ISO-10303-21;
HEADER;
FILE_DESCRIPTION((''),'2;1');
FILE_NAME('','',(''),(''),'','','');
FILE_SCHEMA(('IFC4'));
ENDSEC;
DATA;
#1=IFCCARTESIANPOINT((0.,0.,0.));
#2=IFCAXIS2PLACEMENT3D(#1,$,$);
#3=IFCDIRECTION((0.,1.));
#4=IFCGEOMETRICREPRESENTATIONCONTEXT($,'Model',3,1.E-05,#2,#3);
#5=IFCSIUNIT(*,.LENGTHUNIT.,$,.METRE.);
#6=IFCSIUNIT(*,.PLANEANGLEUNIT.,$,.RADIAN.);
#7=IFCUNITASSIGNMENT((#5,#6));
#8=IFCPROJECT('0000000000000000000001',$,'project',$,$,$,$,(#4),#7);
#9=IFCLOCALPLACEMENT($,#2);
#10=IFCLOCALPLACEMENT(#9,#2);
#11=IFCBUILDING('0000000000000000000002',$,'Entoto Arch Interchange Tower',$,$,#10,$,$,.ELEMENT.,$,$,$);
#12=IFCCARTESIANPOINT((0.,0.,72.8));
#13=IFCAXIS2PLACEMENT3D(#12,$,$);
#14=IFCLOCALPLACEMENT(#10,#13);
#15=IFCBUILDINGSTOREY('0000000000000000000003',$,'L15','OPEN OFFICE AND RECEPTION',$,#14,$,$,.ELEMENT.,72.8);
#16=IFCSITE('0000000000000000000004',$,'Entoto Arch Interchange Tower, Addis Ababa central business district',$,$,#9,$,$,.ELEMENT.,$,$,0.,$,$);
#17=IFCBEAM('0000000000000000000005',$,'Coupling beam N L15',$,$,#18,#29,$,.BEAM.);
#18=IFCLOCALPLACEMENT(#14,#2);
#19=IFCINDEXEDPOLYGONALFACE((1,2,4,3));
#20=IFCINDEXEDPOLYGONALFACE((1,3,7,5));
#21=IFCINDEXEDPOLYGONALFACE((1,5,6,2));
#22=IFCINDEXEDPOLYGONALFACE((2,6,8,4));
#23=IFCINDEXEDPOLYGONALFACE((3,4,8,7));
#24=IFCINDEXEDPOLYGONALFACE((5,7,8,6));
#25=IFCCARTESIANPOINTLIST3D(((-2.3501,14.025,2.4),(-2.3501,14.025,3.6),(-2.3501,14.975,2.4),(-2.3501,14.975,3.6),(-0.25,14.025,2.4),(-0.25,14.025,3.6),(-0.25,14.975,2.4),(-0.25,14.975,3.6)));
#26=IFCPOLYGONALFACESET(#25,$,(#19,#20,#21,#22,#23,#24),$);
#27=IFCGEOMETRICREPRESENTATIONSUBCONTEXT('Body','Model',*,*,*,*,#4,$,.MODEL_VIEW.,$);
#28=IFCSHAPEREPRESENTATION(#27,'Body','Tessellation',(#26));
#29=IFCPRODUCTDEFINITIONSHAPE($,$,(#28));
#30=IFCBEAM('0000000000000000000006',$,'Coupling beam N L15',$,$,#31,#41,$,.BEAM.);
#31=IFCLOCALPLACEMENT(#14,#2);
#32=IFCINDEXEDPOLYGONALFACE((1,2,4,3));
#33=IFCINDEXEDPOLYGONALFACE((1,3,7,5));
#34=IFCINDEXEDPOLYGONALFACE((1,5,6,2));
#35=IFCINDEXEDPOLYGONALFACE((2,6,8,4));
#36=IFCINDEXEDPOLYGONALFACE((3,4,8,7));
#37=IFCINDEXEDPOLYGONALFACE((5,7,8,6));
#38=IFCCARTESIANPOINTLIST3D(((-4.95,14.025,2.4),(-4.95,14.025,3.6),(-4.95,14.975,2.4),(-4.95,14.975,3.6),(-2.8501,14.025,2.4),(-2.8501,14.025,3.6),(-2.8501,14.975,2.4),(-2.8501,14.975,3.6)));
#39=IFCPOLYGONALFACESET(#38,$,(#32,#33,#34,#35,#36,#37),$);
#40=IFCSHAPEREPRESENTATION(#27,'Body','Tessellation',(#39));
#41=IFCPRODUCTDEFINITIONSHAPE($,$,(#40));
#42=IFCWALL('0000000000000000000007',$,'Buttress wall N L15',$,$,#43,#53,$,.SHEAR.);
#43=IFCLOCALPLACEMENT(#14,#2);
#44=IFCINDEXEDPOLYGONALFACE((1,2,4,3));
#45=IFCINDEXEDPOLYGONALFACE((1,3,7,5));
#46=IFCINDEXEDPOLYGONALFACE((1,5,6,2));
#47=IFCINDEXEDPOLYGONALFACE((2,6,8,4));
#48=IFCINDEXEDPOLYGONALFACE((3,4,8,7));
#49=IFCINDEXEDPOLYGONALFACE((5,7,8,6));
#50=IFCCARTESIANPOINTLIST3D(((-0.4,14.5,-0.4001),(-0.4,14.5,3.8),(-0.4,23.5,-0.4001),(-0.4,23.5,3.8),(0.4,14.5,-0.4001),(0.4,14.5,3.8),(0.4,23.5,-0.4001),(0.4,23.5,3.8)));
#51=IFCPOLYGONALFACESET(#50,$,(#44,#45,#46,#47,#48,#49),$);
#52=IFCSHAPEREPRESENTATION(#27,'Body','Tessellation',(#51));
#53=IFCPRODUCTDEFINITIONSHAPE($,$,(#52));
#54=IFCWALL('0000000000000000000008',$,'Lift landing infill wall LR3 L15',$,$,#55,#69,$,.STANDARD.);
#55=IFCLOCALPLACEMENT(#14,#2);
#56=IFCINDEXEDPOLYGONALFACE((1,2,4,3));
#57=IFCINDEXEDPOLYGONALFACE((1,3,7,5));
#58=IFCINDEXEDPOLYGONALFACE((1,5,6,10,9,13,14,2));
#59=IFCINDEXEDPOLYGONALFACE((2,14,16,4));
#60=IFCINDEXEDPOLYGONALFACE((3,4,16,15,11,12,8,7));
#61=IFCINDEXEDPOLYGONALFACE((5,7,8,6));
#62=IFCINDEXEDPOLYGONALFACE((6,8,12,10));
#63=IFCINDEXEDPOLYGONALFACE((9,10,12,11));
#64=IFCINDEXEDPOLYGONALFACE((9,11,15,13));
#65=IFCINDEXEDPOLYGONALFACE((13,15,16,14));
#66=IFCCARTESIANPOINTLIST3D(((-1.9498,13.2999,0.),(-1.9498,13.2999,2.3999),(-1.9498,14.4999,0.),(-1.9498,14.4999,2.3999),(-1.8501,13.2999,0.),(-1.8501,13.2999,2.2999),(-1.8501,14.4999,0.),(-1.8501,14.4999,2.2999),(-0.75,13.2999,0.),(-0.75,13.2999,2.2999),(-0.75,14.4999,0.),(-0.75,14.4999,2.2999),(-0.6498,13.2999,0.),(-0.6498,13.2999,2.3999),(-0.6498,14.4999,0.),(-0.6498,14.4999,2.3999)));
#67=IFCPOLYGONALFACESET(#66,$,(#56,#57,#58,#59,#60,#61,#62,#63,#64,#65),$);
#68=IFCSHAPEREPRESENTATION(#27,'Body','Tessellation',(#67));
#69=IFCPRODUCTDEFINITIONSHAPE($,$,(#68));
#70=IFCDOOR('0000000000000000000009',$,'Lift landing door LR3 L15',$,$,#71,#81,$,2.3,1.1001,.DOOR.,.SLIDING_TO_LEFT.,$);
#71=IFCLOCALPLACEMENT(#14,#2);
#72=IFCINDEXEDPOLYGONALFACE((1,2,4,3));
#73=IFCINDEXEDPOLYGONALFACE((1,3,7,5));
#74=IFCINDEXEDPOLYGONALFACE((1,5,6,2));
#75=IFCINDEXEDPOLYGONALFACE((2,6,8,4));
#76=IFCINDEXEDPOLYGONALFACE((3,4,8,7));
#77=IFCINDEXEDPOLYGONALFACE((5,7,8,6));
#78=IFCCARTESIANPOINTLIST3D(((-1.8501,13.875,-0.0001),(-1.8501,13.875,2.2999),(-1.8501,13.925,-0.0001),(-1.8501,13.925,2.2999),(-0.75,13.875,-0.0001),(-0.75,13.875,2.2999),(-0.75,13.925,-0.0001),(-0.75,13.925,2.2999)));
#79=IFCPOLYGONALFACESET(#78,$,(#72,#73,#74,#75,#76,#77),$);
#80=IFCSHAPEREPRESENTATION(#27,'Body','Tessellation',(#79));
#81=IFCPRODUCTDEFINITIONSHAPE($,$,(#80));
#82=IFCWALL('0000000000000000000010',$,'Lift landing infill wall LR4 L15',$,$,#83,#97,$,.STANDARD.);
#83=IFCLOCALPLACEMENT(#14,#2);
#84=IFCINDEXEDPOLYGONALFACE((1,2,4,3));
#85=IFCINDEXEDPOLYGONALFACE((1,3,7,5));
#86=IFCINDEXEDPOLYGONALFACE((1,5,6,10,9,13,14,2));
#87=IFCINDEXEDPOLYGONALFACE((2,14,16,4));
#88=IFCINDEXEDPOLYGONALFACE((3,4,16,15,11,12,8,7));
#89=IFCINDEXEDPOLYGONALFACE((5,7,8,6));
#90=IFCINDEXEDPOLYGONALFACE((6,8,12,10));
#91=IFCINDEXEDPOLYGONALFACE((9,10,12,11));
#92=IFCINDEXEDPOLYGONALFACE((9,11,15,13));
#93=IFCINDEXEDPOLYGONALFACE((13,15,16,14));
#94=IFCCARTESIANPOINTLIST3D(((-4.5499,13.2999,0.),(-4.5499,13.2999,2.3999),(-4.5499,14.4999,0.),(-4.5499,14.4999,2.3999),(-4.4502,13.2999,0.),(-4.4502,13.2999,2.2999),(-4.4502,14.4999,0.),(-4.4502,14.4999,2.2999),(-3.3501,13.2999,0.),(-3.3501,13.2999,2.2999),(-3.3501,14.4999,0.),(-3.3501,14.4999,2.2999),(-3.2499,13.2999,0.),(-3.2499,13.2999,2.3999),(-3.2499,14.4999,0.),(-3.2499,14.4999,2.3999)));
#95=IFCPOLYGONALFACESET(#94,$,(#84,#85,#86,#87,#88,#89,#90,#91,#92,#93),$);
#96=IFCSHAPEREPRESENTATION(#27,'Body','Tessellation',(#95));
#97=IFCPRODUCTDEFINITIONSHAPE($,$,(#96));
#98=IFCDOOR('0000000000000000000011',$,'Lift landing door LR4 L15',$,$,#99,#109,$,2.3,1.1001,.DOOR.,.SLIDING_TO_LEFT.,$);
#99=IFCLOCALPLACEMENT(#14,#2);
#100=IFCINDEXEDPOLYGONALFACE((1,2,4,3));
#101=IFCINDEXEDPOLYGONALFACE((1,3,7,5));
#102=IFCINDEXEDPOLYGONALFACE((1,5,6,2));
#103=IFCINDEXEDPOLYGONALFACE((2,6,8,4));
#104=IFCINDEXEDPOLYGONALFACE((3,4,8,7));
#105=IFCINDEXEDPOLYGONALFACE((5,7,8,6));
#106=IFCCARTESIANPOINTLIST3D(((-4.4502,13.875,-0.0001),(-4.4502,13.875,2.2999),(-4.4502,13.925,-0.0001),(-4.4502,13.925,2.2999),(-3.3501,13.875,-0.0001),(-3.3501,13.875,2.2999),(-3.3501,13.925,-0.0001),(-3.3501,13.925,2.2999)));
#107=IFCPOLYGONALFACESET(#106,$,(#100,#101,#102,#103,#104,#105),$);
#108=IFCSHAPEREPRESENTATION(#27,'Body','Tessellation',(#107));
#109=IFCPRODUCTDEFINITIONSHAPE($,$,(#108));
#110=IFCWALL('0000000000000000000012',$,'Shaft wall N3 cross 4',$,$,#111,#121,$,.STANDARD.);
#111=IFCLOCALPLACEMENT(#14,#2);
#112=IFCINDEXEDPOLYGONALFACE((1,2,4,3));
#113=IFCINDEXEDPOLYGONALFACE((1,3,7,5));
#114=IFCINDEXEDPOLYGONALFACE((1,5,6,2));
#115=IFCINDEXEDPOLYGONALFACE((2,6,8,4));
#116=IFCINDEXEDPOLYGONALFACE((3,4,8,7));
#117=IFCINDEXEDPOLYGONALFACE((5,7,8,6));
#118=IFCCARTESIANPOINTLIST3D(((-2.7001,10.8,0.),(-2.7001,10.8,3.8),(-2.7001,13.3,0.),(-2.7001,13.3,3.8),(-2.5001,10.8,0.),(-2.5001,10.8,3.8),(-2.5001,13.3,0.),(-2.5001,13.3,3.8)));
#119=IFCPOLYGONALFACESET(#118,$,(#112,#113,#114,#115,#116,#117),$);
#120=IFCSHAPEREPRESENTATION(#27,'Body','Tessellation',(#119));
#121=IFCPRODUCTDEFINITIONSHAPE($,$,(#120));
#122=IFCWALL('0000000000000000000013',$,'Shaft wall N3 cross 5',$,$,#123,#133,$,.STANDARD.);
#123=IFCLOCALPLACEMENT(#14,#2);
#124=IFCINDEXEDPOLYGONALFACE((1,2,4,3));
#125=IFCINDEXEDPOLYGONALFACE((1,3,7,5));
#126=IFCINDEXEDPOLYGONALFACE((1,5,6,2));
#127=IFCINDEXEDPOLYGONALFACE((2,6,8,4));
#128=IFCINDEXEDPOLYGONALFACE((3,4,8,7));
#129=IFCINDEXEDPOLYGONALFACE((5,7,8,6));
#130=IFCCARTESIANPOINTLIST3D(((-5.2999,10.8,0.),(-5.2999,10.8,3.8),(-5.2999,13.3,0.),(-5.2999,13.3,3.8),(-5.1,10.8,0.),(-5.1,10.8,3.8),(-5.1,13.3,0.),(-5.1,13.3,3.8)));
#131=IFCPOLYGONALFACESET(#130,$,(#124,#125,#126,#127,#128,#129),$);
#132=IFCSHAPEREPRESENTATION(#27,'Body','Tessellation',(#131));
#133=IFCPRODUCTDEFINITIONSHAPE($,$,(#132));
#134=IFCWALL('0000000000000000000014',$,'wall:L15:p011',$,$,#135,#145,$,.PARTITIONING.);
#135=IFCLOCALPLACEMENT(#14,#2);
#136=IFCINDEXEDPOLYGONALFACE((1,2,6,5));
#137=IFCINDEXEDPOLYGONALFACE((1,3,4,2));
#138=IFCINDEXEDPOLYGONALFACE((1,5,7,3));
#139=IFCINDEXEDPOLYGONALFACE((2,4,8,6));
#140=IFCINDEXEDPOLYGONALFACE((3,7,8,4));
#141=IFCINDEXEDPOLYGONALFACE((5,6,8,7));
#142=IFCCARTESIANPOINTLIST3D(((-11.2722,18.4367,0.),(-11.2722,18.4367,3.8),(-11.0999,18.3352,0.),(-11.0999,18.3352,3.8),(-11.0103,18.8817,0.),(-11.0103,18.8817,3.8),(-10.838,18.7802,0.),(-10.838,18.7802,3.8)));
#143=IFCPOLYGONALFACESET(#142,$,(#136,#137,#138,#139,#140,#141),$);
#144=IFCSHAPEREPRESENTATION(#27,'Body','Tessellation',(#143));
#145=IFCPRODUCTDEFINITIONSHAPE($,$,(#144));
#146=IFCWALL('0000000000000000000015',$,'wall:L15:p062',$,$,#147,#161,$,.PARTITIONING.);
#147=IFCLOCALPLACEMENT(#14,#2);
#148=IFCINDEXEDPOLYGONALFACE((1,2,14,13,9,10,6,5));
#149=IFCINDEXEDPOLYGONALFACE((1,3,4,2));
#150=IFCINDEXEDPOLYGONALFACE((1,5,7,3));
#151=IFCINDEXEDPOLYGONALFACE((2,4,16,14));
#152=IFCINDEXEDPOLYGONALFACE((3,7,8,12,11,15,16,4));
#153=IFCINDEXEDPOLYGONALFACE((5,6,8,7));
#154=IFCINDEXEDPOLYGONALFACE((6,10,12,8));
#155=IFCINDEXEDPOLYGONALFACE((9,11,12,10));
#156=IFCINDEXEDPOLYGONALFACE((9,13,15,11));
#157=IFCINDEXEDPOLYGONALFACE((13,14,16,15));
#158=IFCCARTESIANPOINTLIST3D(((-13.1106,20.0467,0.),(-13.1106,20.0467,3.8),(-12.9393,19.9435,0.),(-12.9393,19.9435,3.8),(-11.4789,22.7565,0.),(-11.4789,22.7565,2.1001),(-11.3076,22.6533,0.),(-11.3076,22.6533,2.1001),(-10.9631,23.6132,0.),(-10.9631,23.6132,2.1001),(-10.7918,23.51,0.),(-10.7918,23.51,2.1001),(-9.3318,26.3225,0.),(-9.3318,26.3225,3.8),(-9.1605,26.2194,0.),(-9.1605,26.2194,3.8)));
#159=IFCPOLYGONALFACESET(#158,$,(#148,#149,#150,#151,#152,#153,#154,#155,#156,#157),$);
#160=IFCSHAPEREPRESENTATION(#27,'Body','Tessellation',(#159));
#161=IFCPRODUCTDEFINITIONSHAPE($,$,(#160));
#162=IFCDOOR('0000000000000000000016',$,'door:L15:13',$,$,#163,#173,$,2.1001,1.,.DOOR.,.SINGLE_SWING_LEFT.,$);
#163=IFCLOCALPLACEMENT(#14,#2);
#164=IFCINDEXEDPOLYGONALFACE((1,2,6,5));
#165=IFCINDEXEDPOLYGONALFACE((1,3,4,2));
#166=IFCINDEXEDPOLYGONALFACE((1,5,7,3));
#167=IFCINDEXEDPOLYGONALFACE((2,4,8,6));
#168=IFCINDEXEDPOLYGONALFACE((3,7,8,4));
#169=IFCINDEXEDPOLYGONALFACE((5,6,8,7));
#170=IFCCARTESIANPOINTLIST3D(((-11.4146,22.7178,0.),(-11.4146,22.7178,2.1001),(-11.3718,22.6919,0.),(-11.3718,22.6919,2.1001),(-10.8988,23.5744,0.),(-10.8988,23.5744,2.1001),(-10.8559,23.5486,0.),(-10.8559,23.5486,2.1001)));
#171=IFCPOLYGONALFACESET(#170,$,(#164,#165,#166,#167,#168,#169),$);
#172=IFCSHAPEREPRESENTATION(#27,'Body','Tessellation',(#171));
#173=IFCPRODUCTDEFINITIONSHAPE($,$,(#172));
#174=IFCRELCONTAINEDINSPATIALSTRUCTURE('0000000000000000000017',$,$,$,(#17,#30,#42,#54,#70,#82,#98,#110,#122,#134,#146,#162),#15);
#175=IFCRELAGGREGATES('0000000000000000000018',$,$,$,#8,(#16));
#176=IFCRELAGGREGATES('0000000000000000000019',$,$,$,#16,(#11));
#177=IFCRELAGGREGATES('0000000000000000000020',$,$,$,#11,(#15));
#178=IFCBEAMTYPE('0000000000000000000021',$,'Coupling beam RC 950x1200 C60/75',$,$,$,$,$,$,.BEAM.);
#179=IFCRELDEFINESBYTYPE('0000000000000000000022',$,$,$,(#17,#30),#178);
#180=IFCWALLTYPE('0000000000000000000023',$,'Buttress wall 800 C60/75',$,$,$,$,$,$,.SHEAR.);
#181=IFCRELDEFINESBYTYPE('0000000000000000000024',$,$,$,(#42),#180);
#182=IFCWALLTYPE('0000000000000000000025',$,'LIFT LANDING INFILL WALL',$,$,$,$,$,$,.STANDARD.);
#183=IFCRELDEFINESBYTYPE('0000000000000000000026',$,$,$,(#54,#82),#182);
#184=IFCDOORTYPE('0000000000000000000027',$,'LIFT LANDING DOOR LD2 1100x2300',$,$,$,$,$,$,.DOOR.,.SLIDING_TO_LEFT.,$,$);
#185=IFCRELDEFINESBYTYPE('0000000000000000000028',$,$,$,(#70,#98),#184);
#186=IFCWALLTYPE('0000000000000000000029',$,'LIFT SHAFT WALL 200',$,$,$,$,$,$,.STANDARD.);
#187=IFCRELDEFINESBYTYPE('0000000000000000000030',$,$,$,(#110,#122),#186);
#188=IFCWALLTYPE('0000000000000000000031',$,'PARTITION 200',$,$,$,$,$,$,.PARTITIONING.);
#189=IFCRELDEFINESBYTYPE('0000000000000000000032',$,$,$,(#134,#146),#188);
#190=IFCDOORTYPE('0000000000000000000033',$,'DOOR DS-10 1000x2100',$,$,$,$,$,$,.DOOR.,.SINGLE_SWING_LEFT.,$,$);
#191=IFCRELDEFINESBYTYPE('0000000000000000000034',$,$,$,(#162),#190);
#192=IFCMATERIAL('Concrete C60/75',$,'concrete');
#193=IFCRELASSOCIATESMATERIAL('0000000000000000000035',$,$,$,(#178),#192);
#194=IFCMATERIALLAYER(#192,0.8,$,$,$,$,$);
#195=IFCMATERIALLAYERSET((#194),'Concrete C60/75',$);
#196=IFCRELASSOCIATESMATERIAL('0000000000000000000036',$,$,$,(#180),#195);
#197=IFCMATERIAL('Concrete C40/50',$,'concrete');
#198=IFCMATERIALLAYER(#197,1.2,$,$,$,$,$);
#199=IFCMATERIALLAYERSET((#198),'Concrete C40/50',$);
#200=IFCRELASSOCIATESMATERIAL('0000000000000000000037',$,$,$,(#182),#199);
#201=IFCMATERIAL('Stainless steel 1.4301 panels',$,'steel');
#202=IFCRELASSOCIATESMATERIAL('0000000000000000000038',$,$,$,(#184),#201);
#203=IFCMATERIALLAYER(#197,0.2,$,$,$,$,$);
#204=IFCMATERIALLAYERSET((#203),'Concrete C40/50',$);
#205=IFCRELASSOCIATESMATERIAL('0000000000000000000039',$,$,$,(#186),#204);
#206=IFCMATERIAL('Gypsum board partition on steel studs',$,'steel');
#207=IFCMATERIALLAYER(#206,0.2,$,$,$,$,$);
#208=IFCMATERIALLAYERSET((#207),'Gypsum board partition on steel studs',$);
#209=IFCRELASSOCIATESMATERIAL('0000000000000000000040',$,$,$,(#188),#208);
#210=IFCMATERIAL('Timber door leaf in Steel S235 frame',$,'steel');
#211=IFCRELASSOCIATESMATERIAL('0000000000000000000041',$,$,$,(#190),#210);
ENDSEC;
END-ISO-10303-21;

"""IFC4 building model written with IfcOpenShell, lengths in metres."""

from ifc_helpers import new_model, si_unit, direction, frame, frame_2d, origin, origin_2d, place, context, subcontext, project, spatial, rectangle, extrude, material, layer, layer_set, material_profile, profile_set, type_object, element, fill, save


model = new_model("IFC4")

# Units and contexts
model_context = context("Model", 3, precision=1e-05, world=origin(), true_north=direction((0.0, 1.0)))
body_context = subcontext(model_context, "Body", "Model", "MODEL_VIEW")
ifc_project = project(units=[si_unit("LENGTHUNIT", "METRE"), si_unit("PLANEANGLEUNIT", "RADIAN")], contexts=[model_context])

# Site, building, storey
site_placement = place(None, origin())
site = spatial("IfcSite", under=ifc_project, at=site_placement, Name="Entoto Arch Interchange Tower, Addis Ababa central business district", CompositionType="ELEMENT", RefElevation=0.0)
building_placement = place(site_placement, origin())
building = spatial("IfcBuilding", under=site, at=building_placement, Name="Entoto Arch Interchange Tower", CompositionType="ELEMENT")
storey_placement = place(building_placement, frame((0.0, 0.0, 72.8)))
storey = spatial("IfcBuildingStorey", under=building, at=storey_placement, Name="L15", Description="OPEN OFFICE AND RECEPTION", CompositionType="ELEMENT", Elevation=72.8)

# Beams
ifc_material_1 = material(Name="Concrete C60/75", Category="concrete")
ifc_material_profile = material_profile(ifc_material_1, rectangle(XDim=0.95, YDim=1.2, at=origin_2d()))
ifc_profile_set = profile_set([ifc_material_profile], Name="Concrete C60/75")
beam_type = type_object("IfcBeamType", Name="Coupling beam RC 950x1200 C60/75", PredefinedType="BEAM", material=ifc_profile_set)
beam_1_placement = place(storey_placement, frame((-0.25, 14.5, 3.0), z_axis=(-1.0, 0.0, 0.0), x_axis=(0.0, -1.0, 0.0)))
element("IfcBeam", 1, at=beam_1_placement, inside=storey, type_object=beam_type, Name="Coupling beam N L15", PredefinedType="BEAM", context=body_context, shape_type="SweptSolid", body=[
    extrude(rectangle(XDim=0.95, YDim=1.2, at=origin_2d()), origin(), (0.0, 0.0, 1.0), 2.1001),
])
beam_2_placement = place(storey_placement, frame((-2.8501, 14.5, 3.0), z_axis=(-1.0, 0.0, 0.0), x_axis=(0.0, -1.0, 0.0)))
element("IfcBeam", 2, at=beam_2_placement, inside=storey, type_object=beam_type, Name="Coupling beam N L15", PredefinedType="BEAM", context=body_context, shape_type="SweptSolid", body=[
    extrude(rectangle(XDim=0.95, YDim=1.2, at=origin_2d()), origin(), (0.0, 0.0, 1.0), 2.0999),
])

# Wall
ifc_layer_1 = layer(ifc_material_1, 0.8)
ifc_layer_set_1 = layer_set([ifc_layer_1], Name="Concrete C60/75")
wall_type_1 = type_object("IfcWallType", Name="Buttress wall 800 C60/75", PredefinedType="SHEAR", material=ifc_layer_set_1)
wall_1_placement = place(storey_placement, frame((0.0, 14.5, -0.4001), z_axis=(0.0, 0.0, 1.0), x_axis=(0.0, 1.0, 0.0)))
element("IfcWall", 3, at=wall_1_placement, inside=storey, type_object=wall_type_1, Name="Buttress wall N L15", PredefinedType="SHEAR", context=body_context, shape_type="SweptSolid", body=[
    extrude(rectangle(XDim=9.0, YDim=0.8, at=frame_2d((4.5, 0.0))), origin(), (0.0, 0.0, 1.0), 4.2002),
])

# Walls, openings, doors
ifc_material_2 = material(Name="Concrete C40/50", Category="concrete")
ifc_layer_2 = layer(ifc_material_2, 1.2)
ifc_layer_set_2 = layer_set([ifc_layer_2], Name="Concrete C40/50")
wall_type_2 = type_object("IfcWallType", Name="LIFT LANDING INFILL WALL", PredefinedType="STANDARD", material=ifc_layer_set_2)
wall_2_placement = place(storey_placement, frame((-0.6499, 13.8999, 0.0), z_axis=(0.0, 0.0, 1.0), x_axis=(-1.0, 0.0, 0.0)))
wall_2 = element("IfcWall", 4, at=wall_2_placement, inside=storey, type_object=wall_type_2, Name="Lift landing infill wall LR3 L15", PredefinedType="STANDARD", context=body_context, shape_type="SweptSolid", body=[
    extrude(rectangle(XDim=1.3, YDim=1.2, at=frame_2d((0.6499, 0.0))), origin(), (0.0, 0.0, 1.0), 2.3999),
])
opening_1_placement = place(wall_2_placement, frame((0.1001, 0.0, 0.0)))
opening_1 = element("IfcOpeningElement", 5, at=opening_1_placement, cuts=wall_2, PredefinedType="OPENING", context=body_context, shape_type="SweptSolid", body=[
    extrude(rectangle(XDim=1.1001, YDim=2.3, at=frame_2d((0.55, 1.1499))), frame((0.0, 0.6099, 0.0), z_axis=(0.0, -1.0, 0.0), x_axis=(1.0, 0.0, 0.0)), (0.0, 0.0, 1.0), 1.22),
])
ifc_material_3 = material(Name="Stainless steel 1.4301 panels", Category="steel")
door_type_1 = type_object("IfcDoorType", Name="LIFT LANDING DOOR LD2 1100x2300", OperationType="SLIDING_TO_LEFT", PredefinedType="DOOR", material=ifc_material_3)
door_1_placement = place(opening_1_placement, origin())
door_1 = element("IfcDoor", 6, at=door_1_placement, inside=storey, type_object=door_type_1, Name="Lift landing door LR3 L15", OperationType="SLIDING_TO_LEFT", OverallHeight=2.3, OverallWidth=1.1001, PredefinedType="DOOR", context=body_context, shape_type="SweptSolid", body=[
    extrude(rectangle(XDim=1.1001, YDim=2.3, at=frame_2d((0.55, 1.1499))), frame((0.0, 0.0249, 0.0), z_axis=(0.0, -1.0, 0.0), x_axis=(1.0, 0.0, 0.0)), (0.0, 0.0, 1.0), 0.05),
])
fill(opening_1, door_1)
wall_3_placement = place(storey_placement, frame((-3.25, 13.8999, 0.0), z_axis=(0.0, 0.0, 1.0), x_axis=(-1.0, 0.0, 0.0)))
wall_3 = element("IfcWall", 7, at=wall_3_placement, inside=storey, type_object=wall_type_2, Name="Lift landing infill wall LR4 L15", PredefinedType="STANDARD", context=body_context, shape_type="SweptSolid", body=[
    extrude(rectangle(XDim=1.3, YDim=1.2, at=frame_2d((0.6499, 0.0))), origin(), (0.0, 0.0, 1.0), 2.3999),
])
opening_2_placement = place(wall_3_placement, frame((0.1001, 0.0, 0.0)))
opening_2 = element("IfcOpeningElement", 8, at=opening_2_placement, cuts=wall_3, PredefinedType="OPENING", context=body_context, shape_type="SweptSolid", body=[
    extrude(rectangle(XDim=1.1001, YDim=2.3, at=frame_2d((0.55, 1.1499))), frame((0.0, 0.6099, 0.0), z_axis=(0.0, -1.0, 0.0), x_axis=(1.0, 0.0, 0.0)), (0.0, 0.0, 1.0), 1.22),
])
door_2_placement = place(opening_2_placement, origin())
door_2 = element("IfcDoor", 9, at=door_2_placement, inside=storey, type_object=door_type_1, Name="Lift landing door LR4 L15", OperationType="SLIDING_TO_LEFT", OverallHeight=2.3, OverallWidth=1.1001, PredefinedType="DOOR", context=body_context, shape_type="SweptSolid", body=[
    extrude(rectangle(XDim=1.1001, YDim=2.3, at=frame_2d((0.55, 1.1499))), frame((0.0, 0.0249, 0.0), z_axis=(0.0, -1.0, 0.0), x_axis=(1.0, 0.0, 0.0)), (0.0, 0.0, 1.0), 0.05),
])
fill(opening_2, door_2)

# Walls
ifc_layer_3 = layer(ifc_material_2, 0.2)
ifc_layer_set_3 = layer_set([ifc_layer_3], Name="Concrete C40/50")
wall_type_3 = type_object("IfcWallType", Name="LIFT SHAFT WALL 200", PredefinedType="STANDARD", material=ifc_layer_set_3)
for number, where, z_axis, x_axis, name in (
    (10, (-2.6001, 10.8, 0.0), (0.0, 0.0, 1.0), (0.0, 1.0, 0.0), "Shaft wall N3 cross 4"),
    (11, (-5.2, 10.8, 0.0), (0.0, 0.0, 1.0), (0.0, 1.0, 0.0), "Shaft wall N3 cross 5"),
):
    element("IfcWall", number, at=place(storey_placement, frame(where, z_axis=z_axis, x_axis=x_axis)), inside=storey, type_object=wall_type_3, Name=name, PredefinedType="STANDARD", context=body_context, shape_type="SweptSolid", body=[
        extrude(rectangle(XDim=2.5, YDim=0.2, at=frame_2d((1.25, 0.0))), origin(), (0.0, 0.0, 1.0), 3.8),
    ])
ifc_material_4 = material(Name="Gypsum board partition on steel studs", Category="steel")
ifc_layer_4 = layer(ifc_material_4, 0.2)
ifc_layer_set_4 = layer_set([ifc_layer_4], Name="Gypsum board partition on steel studs")
wall_type_4 = type_object("IfcWallType", Name="PARTITION 200", PredefinedType="PARTITIONING", material=ifc_layer_set_4)
wall_4_placement = place(storey_placement, frame((-10.9241, 18.8311, 0.0), z_axis=(0.0, 0.0, 1.0), x_axis=(-0.507247, -0.861801, 0.0)))
element("IfcWall", 12, at=wall_4_placement, inside=storey, type_object=wall_type_4, Name="wall:L15:p011", PredefinedType="PARTITIONING", context=body_context, shape_type="SweptSolid", body=[
    extrude(rectangle(XDim=0.5164, YDim=0.2, at=frame_2d((0.2583, 0.0))), origin(), (0.0, 0.0, 1.0), 3.8),
])

# Wall, opening, door
wall_5_placement = place(storey_placement, frame((-13.0249, 19.9951, 0.0), z_axis=(0.0, 0.0, 1.0), x_axis=(0.515828, 0.856692, 0.0)))
wall_5 = element("IfcWall", 13, at=wall_5_placement, inside=storey, type_object=wall_type_4, Name="wall:L15:p062", PredefinedType="PARTITIONING", context=body_context, shape_type="SweptSolid", body=[
    extrude(rectangle(XDim=7.3257, YDim=0.2, at=frame_2d((3.6628, 0.0))), origin(), (0.0, 0.0, 1.0), 3.8),
])
opening_3_placement = place(wall_5_placement, frame((3.1631, 0.0, 0.0)))
opening_3 = element("IfcOpeningElement", 14, at=opening_3_placement, cuts=wall_5, PredefinedType="OPENING", context=body_context, shape_type="SweptSolid", body=[
    extrude(rectangle(XDim=1.0, YDim=2.1001, at=frame_2d((0.5, 1.05))), frame((0.0, 0.1099, 0.0), z_axis=(0.0, -1.0, 0.0), x_axis=(1.0, 0.0, 0.0)), (0.0, 0.0, 1.0), 0.22),
])
ifc_material_5 = material(Name="Timber door leaf in Steel S235 frame", Category="steel")
door_type_2 = type_object("IfcDoorType", Name="DOOR DS-10 1000x2100", OperationType="SINGLE_SWING_LEFT", PredefinedType="DOOR", material=ifc_material_5)
door_3_placement = place(opening_3_placement, origin())
door_3 = element("IfcDoor", 15, at=door_3_placement, inside=storey, type_object=door_type_2, Name="door:L15:13", OperationType="SINGLE_SWING_LEFT", OverallHeight=2.1001, OverallWidth=1.0, PredefinedType="DOOR", context=body_context, shape_type="SweptSolid", body=[
    extrude(rectangle(XDim=1.0, YDim=2.1001, at=frame_2d((0.5, 1.05))), frame((0.0, 0.0249, 0.0), z_axis=(0.0, -1.0, 0.0), x_axis=(1.0, 0.0, 0.0)), (0.0, 0.0, 1.0), 0.05),
])
fill(opening_3, door_3)

save(model, "model.ifc")
